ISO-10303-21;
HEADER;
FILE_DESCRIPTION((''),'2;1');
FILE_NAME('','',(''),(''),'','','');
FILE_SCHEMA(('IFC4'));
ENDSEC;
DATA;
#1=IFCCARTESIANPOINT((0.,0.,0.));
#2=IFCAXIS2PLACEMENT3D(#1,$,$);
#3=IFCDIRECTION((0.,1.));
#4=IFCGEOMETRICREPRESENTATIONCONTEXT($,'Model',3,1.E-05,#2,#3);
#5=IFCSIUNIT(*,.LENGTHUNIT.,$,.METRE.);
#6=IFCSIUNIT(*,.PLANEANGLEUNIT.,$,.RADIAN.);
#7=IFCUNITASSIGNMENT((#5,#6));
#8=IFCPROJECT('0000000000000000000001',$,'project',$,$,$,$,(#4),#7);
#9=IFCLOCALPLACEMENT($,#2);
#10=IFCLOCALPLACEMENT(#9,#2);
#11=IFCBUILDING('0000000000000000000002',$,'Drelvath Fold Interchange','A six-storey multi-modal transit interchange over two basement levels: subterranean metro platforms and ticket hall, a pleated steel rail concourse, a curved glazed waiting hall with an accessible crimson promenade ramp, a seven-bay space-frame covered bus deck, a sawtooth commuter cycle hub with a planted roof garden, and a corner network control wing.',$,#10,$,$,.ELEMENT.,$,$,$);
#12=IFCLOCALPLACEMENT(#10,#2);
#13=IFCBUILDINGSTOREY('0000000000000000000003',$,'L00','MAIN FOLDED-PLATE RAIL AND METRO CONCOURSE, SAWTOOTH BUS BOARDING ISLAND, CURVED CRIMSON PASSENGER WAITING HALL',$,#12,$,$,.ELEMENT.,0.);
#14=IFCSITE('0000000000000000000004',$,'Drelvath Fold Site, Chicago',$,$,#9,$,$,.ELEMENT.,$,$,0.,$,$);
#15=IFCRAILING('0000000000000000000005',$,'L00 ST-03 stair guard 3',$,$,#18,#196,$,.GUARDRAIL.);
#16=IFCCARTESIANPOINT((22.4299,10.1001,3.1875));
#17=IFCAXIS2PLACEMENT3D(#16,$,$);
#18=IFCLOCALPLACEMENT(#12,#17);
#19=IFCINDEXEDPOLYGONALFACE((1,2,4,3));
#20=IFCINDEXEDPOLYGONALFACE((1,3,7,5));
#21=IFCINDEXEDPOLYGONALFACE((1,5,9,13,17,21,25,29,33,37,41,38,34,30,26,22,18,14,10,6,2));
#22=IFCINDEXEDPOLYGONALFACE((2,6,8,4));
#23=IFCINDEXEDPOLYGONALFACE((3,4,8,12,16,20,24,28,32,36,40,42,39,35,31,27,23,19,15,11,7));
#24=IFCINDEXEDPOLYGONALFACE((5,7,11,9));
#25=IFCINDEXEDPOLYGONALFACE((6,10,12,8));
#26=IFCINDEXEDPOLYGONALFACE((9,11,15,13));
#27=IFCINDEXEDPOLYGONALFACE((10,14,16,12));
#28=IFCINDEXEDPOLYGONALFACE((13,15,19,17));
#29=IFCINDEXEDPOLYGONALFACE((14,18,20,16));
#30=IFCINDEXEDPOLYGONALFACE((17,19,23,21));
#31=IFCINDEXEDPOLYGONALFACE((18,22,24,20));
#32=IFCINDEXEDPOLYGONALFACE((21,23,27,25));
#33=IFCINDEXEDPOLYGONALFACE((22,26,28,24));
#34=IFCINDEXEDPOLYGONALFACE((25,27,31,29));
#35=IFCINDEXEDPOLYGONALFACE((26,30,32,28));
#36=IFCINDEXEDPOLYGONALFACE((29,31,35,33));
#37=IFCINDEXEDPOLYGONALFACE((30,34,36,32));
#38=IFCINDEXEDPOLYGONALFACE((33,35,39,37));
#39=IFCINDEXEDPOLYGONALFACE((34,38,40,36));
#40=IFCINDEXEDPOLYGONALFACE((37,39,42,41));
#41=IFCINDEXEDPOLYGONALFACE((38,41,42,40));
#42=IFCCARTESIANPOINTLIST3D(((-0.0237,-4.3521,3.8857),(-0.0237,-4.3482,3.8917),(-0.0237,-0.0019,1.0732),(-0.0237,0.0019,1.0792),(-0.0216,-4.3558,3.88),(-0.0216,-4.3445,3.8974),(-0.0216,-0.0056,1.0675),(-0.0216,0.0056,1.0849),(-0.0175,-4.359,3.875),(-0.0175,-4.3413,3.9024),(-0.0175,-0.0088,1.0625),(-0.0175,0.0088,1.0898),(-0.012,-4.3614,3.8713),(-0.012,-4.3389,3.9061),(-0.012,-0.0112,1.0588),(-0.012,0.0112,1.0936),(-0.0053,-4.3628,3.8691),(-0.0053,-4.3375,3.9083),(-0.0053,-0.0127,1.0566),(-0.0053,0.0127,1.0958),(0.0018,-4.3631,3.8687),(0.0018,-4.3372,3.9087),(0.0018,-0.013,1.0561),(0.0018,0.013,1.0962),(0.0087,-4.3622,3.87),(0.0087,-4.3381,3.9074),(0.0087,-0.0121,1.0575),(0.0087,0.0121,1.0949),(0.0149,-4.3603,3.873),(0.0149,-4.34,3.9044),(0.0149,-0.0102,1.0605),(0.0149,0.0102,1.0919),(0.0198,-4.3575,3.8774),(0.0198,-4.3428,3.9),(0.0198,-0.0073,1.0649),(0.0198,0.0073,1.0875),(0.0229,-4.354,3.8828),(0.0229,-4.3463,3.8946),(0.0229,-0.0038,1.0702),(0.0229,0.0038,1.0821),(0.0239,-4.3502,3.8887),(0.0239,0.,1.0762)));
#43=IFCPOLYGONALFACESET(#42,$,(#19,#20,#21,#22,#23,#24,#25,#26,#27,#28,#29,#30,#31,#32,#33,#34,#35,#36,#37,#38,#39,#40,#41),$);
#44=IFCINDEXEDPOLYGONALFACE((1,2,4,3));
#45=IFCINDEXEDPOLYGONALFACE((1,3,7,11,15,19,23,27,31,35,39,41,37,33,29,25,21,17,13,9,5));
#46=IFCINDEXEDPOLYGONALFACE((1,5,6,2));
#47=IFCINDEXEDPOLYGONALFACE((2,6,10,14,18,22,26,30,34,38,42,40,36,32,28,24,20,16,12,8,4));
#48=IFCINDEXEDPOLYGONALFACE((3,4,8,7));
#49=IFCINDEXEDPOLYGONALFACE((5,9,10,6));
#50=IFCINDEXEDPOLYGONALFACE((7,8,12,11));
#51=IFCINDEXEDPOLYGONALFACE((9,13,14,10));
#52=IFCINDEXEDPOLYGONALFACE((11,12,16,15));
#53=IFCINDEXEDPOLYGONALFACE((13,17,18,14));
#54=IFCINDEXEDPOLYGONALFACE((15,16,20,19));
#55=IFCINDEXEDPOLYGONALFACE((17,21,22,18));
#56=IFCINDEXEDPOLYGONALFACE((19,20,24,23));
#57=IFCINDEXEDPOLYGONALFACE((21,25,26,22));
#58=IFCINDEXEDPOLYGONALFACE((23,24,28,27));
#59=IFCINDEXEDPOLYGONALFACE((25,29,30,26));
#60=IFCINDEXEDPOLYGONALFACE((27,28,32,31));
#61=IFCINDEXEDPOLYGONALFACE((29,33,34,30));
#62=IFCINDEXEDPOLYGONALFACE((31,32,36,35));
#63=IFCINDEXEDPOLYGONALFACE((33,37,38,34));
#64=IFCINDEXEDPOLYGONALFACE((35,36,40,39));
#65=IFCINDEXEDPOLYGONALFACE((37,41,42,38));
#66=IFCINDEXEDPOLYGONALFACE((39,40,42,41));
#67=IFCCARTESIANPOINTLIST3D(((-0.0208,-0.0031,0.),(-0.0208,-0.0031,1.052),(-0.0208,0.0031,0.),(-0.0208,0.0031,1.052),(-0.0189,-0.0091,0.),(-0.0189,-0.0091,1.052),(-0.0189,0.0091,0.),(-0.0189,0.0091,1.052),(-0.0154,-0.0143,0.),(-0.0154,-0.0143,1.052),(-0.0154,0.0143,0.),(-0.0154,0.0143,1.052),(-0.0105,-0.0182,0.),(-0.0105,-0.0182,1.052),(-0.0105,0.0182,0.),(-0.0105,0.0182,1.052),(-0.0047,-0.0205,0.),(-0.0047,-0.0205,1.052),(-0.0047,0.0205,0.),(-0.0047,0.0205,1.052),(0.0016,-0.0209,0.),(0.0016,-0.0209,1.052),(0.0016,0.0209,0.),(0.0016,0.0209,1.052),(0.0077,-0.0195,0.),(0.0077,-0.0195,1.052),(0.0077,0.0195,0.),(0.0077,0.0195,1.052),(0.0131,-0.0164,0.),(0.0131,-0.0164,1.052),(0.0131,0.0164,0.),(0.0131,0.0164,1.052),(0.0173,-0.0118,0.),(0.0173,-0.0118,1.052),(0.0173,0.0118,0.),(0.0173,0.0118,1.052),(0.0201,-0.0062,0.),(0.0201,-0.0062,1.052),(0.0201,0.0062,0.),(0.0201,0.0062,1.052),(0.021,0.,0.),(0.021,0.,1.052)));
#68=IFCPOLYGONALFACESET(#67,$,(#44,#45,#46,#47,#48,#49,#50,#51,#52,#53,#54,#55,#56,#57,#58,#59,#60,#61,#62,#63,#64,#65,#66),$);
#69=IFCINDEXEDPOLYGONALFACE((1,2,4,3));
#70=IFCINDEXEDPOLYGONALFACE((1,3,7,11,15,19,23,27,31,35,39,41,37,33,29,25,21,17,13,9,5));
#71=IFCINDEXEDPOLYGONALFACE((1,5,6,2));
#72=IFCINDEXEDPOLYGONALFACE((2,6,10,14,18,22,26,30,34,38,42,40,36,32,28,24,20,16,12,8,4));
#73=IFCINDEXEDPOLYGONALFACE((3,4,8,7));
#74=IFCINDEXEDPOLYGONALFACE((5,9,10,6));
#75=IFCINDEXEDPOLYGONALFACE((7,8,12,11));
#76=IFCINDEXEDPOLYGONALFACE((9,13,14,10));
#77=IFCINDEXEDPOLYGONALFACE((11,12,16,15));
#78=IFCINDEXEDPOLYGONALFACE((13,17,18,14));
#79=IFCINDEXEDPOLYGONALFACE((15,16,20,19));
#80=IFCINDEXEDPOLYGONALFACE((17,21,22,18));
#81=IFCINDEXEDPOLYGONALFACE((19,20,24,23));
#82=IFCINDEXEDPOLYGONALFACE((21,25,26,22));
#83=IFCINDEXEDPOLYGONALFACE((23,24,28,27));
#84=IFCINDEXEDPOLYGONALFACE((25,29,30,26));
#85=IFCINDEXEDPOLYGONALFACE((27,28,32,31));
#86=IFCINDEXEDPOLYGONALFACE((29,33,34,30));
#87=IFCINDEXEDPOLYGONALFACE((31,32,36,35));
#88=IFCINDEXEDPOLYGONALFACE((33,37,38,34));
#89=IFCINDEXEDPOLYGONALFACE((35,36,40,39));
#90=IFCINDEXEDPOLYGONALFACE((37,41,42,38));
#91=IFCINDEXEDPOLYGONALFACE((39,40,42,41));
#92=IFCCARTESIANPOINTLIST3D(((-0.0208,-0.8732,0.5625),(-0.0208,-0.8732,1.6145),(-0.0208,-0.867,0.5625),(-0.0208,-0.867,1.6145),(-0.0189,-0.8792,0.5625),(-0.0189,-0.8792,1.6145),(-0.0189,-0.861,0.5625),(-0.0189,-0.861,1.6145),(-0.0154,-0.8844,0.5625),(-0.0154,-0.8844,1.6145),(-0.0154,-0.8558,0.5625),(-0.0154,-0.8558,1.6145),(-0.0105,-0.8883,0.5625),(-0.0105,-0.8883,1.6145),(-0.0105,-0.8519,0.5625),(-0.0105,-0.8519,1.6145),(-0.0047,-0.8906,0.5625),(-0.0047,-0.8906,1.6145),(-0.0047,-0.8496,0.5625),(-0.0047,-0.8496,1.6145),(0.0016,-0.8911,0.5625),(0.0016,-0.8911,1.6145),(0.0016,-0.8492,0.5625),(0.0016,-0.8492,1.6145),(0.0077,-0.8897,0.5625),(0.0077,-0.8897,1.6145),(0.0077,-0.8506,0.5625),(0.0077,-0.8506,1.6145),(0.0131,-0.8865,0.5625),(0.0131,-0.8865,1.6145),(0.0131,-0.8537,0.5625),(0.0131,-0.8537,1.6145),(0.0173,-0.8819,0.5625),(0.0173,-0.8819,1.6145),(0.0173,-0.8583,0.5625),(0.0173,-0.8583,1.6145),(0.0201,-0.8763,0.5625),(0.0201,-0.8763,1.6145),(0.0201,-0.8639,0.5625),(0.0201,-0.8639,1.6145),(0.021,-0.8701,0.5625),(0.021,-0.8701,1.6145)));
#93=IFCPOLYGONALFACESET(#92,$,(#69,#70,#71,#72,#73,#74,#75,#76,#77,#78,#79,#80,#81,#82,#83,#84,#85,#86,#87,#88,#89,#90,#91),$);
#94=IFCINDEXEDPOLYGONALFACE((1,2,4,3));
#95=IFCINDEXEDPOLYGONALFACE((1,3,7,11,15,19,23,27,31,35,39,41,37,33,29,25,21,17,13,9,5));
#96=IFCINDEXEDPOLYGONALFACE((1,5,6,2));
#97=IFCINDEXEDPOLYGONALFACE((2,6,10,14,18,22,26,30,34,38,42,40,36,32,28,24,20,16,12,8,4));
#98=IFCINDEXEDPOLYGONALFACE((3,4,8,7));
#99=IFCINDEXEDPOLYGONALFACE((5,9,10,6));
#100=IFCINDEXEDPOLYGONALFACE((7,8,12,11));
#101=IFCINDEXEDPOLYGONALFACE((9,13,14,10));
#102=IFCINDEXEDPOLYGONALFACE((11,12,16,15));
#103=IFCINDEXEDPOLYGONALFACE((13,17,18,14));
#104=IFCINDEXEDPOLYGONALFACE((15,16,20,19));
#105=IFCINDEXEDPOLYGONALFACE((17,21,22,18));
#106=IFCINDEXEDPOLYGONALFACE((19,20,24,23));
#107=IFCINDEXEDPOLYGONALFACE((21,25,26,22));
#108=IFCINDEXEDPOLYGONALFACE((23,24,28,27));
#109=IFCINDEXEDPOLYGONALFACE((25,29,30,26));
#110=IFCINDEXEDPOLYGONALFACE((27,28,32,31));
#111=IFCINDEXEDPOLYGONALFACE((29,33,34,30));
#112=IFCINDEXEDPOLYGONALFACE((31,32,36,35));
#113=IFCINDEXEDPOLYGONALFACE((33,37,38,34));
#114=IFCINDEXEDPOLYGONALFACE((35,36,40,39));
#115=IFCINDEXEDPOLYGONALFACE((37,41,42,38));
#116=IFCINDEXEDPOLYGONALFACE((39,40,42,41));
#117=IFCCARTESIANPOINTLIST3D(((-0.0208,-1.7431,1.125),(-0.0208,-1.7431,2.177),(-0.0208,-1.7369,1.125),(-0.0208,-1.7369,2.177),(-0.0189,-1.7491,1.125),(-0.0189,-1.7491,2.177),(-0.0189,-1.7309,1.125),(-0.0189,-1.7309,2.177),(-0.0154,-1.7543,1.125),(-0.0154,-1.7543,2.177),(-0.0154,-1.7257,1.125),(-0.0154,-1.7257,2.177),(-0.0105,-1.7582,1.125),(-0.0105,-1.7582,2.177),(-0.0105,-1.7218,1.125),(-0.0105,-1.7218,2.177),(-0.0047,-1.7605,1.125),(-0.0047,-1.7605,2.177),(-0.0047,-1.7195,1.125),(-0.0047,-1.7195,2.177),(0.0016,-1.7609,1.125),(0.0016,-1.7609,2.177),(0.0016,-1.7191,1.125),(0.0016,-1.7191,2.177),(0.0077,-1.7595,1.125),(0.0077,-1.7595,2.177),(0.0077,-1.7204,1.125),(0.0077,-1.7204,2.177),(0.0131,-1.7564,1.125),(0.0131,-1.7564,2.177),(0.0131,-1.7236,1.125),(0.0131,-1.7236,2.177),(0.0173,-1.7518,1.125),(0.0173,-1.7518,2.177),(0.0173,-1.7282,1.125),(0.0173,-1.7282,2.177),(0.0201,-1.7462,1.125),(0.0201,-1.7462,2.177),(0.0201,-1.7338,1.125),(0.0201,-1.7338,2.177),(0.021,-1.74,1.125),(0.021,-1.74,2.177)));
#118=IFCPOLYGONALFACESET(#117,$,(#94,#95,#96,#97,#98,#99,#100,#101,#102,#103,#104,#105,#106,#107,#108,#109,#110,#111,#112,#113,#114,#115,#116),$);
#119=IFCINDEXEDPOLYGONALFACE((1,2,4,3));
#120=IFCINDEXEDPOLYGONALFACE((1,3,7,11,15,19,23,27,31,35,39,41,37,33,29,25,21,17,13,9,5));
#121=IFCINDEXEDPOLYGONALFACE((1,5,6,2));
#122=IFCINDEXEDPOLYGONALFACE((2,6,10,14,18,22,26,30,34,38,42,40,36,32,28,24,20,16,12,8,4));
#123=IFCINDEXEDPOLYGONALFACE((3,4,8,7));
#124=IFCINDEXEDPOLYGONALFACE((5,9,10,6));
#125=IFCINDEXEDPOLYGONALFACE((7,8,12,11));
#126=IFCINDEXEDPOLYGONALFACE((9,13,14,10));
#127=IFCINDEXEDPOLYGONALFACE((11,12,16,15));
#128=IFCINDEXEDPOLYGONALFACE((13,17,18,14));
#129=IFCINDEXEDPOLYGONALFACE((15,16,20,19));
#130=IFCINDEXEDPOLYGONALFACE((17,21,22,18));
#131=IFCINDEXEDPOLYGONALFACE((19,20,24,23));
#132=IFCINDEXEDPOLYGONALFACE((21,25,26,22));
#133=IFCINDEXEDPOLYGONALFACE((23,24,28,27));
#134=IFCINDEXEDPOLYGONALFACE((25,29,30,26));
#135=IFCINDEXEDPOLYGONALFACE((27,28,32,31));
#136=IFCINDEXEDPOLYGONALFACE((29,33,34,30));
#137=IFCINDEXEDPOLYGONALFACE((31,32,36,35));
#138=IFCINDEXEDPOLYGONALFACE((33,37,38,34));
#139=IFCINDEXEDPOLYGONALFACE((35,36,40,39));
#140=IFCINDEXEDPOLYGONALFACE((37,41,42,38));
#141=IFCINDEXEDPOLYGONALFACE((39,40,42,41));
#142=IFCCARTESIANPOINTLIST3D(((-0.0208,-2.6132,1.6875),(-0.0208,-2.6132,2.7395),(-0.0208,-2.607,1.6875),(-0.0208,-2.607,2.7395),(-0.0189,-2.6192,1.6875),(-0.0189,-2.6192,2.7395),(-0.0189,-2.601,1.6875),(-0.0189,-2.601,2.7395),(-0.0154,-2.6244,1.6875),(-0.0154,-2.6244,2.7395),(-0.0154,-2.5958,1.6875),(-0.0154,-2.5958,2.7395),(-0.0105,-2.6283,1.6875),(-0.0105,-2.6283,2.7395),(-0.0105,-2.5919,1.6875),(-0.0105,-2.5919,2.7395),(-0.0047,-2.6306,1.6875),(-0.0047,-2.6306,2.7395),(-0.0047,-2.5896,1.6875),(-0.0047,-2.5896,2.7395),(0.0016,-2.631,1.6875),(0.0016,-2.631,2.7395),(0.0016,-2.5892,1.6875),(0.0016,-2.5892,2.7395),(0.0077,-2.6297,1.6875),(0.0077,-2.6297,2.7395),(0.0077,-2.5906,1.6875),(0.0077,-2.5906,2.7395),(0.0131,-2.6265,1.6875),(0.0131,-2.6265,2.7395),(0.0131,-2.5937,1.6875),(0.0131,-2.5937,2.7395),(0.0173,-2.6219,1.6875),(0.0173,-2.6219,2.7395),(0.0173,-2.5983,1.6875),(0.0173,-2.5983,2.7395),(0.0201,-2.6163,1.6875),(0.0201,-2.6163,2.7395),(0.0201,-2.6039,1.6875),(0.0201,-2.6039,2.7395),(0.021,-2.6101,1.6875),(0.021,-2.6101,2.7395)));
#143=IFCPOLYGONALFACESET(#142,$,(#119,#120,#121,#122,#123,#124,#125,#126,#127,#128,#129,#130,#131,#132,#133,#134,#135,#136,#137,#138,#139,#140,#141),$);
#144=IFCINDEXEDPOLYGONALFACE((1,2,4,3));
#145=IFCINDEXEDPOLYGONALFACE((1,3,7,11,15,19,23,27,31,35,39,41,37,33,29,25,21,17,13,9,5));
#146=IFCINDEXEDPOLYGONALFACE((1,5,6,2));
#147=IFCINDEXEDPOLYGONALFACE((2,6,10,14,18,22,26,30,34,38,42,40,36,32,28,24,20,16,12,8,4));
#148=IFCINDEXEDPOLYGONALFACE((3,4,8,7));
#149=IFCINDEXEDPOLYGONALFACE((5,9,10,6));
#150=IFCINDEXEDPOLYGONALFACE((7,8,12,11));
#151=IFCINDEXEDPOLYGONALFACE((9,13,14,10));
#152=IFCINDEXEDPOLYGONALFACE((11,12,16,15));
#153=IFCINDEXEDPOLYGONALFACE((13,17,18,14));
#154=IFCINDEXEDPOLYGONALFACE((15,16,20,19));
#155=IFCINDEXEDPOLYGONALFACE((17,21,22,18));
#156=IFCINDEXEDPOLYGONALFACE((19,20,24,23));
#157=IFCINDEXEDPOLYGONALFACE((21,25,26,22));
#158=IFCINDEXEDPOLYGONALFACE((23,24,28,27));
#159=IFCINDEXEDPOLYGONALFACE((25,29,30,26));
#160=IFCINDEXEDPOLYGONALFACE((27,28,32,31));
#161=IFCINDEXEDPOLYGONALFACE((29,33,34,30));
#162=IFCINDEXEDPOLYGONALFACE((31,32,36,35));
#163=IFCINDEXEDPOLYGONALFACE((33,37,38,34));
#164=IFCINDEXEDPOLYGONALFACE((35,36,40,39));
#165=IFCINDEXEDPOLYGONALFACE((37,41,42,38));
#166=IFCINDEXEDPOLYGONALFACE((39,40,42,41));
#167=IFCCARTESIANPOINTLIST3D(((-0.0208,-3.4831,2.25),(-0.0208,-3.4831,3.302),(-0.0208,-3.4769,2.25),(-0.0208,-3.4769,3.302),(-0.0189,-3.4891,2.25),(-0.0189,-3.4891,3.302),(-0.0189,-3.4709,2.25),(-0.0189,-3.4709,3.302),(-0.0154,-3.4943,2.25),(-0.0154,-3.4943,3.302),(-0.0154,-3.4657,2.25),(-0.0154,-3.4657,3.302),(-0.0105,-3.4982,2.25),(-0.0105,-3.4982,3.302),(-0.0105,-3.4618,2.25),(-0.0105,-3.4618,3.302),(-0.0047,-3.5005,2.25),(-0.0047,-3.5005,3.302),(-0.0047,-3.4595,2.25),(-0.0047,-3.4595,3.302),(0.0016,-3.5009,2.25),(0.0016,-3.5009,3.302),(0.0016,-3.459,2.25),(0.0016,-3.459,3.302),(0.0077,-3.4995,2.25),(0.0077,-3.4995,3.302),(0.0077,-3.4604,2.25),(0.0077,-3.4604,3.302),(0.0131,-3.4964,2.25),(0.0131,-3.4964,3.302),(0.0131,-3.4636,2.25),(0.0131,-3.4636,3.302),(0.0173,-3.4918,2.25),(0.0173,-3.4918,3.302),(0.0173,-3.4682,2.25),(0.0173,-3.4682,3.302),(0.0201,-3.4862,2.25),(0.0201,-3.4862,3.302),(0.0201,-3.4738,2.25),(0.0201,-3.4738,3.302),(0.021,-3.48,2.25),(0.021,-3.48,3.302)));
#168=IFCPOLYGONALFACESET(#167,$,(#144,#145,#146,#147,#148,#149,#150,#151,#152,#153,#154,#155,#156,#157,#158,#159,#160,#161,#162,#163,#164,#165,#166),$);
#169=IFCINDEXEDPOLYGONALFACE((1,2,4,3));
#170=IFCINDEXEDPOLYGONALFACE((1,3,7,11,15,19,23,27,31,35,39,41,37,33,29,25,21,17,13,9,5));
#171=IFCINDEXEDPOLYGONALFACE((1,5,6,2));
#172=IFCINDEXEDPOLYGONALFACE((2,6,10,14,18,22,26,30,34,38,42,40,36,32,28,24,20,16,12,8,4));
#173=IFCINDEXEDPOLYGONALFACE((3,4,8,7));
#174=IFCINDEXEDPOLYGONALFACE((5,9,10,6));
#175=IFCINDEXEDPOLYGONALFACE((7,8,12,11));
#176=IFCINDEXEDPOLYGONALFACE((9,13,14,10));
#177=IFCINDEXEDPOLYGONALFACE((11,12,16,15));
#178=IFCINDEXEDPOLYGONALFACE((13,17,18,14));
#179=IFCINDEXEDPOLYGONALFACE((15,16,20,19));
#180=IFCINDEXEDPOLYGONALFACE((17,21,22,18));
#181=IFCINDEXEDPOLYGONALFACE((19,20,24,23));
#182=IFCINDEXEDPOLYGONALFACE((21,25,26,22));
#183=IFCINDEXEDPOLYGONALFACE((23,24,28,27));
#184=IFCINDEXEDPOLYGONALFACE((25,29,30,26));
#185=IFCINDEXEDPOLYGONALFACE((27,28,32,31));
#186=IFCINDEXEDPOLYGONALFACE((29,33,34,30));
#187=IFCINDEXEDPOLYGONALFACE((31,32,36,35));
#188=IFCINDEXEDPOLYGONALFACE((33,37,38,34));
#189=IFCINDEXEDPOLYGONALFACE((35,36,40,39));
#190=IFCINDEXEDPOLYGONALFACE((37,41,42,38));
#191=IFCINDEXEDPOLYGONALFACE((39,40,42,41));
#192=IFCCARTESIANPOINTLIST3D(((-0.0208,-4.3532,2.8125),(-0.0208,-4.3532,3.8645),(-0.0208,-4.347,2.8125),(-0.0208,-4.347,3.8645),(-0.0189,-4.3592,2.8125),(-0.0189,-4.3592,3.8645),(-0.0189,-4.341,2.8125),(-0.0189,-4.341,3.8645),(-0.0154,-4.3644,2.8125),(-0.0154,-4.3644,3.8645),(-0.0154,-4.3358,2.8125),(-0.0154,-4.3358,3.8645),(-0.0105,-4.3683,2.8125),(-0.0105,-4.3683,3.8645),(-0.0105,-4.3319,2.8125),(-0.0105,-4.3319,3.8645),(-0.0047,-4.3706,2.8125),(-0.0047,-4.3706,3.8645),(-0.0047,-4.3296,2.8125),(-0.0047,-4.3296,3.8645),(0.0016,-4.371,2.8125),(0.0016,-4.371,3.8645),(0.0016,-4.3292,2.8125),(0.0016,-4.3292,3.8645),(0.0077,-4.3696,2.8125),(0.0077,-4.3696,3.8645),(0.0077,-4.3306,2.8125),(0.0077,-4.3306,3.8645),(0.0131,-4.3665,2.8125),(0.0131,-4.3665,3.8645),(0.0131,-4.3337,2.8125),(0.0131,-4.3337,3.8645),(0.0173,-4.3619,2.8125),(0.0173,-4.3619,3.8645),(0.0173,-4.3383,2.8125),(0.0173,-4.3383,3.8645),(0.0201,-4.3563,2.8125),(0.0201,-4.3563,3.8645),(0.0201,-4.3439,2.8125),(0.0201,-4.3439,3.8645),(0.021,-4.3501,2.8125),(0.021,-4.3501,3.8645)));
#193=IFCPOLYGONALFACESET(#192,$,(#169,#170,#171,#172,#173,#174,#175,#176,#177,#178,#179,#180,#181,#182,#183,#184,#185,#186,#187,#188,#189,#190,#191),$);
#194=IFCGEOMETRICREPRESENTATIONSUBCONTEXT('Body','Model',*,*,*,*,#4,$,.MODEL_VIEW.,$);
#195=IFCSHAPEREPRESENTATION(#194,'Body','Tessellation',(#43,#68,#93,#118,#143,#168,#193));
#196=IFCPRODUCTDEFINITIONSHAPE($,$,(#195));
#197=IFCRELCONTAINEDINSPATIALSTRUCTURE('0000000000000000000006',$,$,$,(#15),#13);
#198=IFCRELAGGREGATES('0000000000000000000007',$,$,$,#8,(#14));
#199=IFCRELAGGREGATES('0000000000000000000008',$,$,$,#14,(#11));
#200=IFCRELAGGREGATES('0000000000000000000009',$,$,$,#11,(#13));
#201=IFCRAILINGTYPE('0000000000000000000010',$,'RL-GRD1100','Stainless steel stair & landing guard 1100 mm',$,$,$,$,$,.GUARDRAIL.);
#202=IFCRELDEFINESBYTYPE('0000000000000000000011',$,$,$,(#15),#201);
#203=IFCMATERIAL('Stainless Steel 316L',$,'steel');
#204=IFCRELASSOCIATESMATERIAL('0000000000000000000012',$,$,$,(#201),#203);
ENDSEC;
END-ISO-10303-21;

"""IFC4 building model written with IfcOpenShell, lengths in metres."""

from ifc_helpers import new_model, si_unit, direction, frame, origin, origin_2d, place, context, subcontext, project, spatial, circle, extrude, material, type_object, element, save


model = new_model("IFC4")

# Units and contexts
model_context = context("Model", 3, precision=1e-05, world=origin(), true_north=direction((0.0, 1.0)))
body_context = subcontext(model_context, "Body", "Model", "MODEL_VIEW")
ifc_project = project(units=[si_unit("LENGTHUNIT", "METRE"), si_unit("PLANEANGLEUNIT", "RADIAN")], contexts=[model_context])

# Site, building, storey
site_placement = place(None, origin())
site = spatial("IfcSite", under=ifc_project, at=site_placement, Name="Drelvath Fold Site, Chicago", CompositionType="ELEMENT", RefElevation=0.0)
building_placement = place(site_placement, origin())
building = spatial("IfcBuilding", under=site, at=building_placement, Name="Drelvath Fold Interchange", Description="A six-storey multi-modal transit interchange over two basement levels: subterranean metro platforms and ticket hall, a pleated steel rail concourse, a curved glazed waiting hall with an accessible crimson promenade ramp, a seven-bay space-frame covered bus deck, a sawtooth commuter cycle hub with a planted roof garden, and a corner network control wing.", CompositionType="ELEMENT")
storey_placement = place(building_placement, origin())
storey = spatial("IfcBuildingStorey", under=building, at=storey_placement, Name="L00", Description="MAIN FOLDED-PLATE RAIL AND METRO CONCOURSE, SAWTOOTH BUS BOARDING ISLAND, CURVED CRIMSON PASSENGER WAITING HALL", CompositionType="ELEMENT", Elevation=0.0)

# Railing
ifc_material_1 = material(Name="Stainless Steel 316L", Category="steel")
railing_type = type_object("IfcRailingType", Name="RL-GRD1100", Description="Stainless steel stair & landing guard 1100 mm", PredefinedType="GUARDRAIL", material=ifc_material_1)
railing_1_placement = place(storey_placement, frame((22.4299, 10.1001, 3.1875)))
element("IfcRailing", 1, at=railing_1_placement, inside=storey, type_object=railing_type, Name="L00 ST-03 stair guard 3", PredefinedType="GUARDRAIL", context=body_context, shape_type="SweptSolid", body=[
    extrude(circle(Radius=0.0239, at=origin_2d()), frame((0.0, 0.0, 1.0762), z_axis=(0.0, -0.83977, 0.542942), x_axis=(1.0, 0.0, 0.0)), (0.0, 0.0, 1.0), 5.1802),
    extrude(circle(Radius=0.021, at=origin_2d()), origin(), (0.0, 0.0, 1.0), 1.052),
    extrude(circle(Radius=0.021, at=origin_2d()), frame((0.0, -0.8701, 0.5625)), (0.0, 0.0, 1.0), 1.052),
    extrude(circle(Radius=0.021, at=origin_2d()), frame((0.0, -1.74, 1.125)), (0.0, 0.0, 1.0), 1.052),
    extrude(circle(Radius=0.021, at=origin_2d()), frame((0.0, -2.6101, 1.6875)), (0.0, 0.0, 1.0), 1.052),
    extrude(circle(Radius=0.021, at=origin_2d()), frame((0.0, -3.48, 2.25)), (0.0, 0.0, 1.0), 1.052),
    extrude(circle(Radius=0.021, at=origin_2d()), frame((0.0, -4.3501, 2.8125)), (0.0, 0.0, 1.0), 1.052),
])

save(model, "model.ifc")
